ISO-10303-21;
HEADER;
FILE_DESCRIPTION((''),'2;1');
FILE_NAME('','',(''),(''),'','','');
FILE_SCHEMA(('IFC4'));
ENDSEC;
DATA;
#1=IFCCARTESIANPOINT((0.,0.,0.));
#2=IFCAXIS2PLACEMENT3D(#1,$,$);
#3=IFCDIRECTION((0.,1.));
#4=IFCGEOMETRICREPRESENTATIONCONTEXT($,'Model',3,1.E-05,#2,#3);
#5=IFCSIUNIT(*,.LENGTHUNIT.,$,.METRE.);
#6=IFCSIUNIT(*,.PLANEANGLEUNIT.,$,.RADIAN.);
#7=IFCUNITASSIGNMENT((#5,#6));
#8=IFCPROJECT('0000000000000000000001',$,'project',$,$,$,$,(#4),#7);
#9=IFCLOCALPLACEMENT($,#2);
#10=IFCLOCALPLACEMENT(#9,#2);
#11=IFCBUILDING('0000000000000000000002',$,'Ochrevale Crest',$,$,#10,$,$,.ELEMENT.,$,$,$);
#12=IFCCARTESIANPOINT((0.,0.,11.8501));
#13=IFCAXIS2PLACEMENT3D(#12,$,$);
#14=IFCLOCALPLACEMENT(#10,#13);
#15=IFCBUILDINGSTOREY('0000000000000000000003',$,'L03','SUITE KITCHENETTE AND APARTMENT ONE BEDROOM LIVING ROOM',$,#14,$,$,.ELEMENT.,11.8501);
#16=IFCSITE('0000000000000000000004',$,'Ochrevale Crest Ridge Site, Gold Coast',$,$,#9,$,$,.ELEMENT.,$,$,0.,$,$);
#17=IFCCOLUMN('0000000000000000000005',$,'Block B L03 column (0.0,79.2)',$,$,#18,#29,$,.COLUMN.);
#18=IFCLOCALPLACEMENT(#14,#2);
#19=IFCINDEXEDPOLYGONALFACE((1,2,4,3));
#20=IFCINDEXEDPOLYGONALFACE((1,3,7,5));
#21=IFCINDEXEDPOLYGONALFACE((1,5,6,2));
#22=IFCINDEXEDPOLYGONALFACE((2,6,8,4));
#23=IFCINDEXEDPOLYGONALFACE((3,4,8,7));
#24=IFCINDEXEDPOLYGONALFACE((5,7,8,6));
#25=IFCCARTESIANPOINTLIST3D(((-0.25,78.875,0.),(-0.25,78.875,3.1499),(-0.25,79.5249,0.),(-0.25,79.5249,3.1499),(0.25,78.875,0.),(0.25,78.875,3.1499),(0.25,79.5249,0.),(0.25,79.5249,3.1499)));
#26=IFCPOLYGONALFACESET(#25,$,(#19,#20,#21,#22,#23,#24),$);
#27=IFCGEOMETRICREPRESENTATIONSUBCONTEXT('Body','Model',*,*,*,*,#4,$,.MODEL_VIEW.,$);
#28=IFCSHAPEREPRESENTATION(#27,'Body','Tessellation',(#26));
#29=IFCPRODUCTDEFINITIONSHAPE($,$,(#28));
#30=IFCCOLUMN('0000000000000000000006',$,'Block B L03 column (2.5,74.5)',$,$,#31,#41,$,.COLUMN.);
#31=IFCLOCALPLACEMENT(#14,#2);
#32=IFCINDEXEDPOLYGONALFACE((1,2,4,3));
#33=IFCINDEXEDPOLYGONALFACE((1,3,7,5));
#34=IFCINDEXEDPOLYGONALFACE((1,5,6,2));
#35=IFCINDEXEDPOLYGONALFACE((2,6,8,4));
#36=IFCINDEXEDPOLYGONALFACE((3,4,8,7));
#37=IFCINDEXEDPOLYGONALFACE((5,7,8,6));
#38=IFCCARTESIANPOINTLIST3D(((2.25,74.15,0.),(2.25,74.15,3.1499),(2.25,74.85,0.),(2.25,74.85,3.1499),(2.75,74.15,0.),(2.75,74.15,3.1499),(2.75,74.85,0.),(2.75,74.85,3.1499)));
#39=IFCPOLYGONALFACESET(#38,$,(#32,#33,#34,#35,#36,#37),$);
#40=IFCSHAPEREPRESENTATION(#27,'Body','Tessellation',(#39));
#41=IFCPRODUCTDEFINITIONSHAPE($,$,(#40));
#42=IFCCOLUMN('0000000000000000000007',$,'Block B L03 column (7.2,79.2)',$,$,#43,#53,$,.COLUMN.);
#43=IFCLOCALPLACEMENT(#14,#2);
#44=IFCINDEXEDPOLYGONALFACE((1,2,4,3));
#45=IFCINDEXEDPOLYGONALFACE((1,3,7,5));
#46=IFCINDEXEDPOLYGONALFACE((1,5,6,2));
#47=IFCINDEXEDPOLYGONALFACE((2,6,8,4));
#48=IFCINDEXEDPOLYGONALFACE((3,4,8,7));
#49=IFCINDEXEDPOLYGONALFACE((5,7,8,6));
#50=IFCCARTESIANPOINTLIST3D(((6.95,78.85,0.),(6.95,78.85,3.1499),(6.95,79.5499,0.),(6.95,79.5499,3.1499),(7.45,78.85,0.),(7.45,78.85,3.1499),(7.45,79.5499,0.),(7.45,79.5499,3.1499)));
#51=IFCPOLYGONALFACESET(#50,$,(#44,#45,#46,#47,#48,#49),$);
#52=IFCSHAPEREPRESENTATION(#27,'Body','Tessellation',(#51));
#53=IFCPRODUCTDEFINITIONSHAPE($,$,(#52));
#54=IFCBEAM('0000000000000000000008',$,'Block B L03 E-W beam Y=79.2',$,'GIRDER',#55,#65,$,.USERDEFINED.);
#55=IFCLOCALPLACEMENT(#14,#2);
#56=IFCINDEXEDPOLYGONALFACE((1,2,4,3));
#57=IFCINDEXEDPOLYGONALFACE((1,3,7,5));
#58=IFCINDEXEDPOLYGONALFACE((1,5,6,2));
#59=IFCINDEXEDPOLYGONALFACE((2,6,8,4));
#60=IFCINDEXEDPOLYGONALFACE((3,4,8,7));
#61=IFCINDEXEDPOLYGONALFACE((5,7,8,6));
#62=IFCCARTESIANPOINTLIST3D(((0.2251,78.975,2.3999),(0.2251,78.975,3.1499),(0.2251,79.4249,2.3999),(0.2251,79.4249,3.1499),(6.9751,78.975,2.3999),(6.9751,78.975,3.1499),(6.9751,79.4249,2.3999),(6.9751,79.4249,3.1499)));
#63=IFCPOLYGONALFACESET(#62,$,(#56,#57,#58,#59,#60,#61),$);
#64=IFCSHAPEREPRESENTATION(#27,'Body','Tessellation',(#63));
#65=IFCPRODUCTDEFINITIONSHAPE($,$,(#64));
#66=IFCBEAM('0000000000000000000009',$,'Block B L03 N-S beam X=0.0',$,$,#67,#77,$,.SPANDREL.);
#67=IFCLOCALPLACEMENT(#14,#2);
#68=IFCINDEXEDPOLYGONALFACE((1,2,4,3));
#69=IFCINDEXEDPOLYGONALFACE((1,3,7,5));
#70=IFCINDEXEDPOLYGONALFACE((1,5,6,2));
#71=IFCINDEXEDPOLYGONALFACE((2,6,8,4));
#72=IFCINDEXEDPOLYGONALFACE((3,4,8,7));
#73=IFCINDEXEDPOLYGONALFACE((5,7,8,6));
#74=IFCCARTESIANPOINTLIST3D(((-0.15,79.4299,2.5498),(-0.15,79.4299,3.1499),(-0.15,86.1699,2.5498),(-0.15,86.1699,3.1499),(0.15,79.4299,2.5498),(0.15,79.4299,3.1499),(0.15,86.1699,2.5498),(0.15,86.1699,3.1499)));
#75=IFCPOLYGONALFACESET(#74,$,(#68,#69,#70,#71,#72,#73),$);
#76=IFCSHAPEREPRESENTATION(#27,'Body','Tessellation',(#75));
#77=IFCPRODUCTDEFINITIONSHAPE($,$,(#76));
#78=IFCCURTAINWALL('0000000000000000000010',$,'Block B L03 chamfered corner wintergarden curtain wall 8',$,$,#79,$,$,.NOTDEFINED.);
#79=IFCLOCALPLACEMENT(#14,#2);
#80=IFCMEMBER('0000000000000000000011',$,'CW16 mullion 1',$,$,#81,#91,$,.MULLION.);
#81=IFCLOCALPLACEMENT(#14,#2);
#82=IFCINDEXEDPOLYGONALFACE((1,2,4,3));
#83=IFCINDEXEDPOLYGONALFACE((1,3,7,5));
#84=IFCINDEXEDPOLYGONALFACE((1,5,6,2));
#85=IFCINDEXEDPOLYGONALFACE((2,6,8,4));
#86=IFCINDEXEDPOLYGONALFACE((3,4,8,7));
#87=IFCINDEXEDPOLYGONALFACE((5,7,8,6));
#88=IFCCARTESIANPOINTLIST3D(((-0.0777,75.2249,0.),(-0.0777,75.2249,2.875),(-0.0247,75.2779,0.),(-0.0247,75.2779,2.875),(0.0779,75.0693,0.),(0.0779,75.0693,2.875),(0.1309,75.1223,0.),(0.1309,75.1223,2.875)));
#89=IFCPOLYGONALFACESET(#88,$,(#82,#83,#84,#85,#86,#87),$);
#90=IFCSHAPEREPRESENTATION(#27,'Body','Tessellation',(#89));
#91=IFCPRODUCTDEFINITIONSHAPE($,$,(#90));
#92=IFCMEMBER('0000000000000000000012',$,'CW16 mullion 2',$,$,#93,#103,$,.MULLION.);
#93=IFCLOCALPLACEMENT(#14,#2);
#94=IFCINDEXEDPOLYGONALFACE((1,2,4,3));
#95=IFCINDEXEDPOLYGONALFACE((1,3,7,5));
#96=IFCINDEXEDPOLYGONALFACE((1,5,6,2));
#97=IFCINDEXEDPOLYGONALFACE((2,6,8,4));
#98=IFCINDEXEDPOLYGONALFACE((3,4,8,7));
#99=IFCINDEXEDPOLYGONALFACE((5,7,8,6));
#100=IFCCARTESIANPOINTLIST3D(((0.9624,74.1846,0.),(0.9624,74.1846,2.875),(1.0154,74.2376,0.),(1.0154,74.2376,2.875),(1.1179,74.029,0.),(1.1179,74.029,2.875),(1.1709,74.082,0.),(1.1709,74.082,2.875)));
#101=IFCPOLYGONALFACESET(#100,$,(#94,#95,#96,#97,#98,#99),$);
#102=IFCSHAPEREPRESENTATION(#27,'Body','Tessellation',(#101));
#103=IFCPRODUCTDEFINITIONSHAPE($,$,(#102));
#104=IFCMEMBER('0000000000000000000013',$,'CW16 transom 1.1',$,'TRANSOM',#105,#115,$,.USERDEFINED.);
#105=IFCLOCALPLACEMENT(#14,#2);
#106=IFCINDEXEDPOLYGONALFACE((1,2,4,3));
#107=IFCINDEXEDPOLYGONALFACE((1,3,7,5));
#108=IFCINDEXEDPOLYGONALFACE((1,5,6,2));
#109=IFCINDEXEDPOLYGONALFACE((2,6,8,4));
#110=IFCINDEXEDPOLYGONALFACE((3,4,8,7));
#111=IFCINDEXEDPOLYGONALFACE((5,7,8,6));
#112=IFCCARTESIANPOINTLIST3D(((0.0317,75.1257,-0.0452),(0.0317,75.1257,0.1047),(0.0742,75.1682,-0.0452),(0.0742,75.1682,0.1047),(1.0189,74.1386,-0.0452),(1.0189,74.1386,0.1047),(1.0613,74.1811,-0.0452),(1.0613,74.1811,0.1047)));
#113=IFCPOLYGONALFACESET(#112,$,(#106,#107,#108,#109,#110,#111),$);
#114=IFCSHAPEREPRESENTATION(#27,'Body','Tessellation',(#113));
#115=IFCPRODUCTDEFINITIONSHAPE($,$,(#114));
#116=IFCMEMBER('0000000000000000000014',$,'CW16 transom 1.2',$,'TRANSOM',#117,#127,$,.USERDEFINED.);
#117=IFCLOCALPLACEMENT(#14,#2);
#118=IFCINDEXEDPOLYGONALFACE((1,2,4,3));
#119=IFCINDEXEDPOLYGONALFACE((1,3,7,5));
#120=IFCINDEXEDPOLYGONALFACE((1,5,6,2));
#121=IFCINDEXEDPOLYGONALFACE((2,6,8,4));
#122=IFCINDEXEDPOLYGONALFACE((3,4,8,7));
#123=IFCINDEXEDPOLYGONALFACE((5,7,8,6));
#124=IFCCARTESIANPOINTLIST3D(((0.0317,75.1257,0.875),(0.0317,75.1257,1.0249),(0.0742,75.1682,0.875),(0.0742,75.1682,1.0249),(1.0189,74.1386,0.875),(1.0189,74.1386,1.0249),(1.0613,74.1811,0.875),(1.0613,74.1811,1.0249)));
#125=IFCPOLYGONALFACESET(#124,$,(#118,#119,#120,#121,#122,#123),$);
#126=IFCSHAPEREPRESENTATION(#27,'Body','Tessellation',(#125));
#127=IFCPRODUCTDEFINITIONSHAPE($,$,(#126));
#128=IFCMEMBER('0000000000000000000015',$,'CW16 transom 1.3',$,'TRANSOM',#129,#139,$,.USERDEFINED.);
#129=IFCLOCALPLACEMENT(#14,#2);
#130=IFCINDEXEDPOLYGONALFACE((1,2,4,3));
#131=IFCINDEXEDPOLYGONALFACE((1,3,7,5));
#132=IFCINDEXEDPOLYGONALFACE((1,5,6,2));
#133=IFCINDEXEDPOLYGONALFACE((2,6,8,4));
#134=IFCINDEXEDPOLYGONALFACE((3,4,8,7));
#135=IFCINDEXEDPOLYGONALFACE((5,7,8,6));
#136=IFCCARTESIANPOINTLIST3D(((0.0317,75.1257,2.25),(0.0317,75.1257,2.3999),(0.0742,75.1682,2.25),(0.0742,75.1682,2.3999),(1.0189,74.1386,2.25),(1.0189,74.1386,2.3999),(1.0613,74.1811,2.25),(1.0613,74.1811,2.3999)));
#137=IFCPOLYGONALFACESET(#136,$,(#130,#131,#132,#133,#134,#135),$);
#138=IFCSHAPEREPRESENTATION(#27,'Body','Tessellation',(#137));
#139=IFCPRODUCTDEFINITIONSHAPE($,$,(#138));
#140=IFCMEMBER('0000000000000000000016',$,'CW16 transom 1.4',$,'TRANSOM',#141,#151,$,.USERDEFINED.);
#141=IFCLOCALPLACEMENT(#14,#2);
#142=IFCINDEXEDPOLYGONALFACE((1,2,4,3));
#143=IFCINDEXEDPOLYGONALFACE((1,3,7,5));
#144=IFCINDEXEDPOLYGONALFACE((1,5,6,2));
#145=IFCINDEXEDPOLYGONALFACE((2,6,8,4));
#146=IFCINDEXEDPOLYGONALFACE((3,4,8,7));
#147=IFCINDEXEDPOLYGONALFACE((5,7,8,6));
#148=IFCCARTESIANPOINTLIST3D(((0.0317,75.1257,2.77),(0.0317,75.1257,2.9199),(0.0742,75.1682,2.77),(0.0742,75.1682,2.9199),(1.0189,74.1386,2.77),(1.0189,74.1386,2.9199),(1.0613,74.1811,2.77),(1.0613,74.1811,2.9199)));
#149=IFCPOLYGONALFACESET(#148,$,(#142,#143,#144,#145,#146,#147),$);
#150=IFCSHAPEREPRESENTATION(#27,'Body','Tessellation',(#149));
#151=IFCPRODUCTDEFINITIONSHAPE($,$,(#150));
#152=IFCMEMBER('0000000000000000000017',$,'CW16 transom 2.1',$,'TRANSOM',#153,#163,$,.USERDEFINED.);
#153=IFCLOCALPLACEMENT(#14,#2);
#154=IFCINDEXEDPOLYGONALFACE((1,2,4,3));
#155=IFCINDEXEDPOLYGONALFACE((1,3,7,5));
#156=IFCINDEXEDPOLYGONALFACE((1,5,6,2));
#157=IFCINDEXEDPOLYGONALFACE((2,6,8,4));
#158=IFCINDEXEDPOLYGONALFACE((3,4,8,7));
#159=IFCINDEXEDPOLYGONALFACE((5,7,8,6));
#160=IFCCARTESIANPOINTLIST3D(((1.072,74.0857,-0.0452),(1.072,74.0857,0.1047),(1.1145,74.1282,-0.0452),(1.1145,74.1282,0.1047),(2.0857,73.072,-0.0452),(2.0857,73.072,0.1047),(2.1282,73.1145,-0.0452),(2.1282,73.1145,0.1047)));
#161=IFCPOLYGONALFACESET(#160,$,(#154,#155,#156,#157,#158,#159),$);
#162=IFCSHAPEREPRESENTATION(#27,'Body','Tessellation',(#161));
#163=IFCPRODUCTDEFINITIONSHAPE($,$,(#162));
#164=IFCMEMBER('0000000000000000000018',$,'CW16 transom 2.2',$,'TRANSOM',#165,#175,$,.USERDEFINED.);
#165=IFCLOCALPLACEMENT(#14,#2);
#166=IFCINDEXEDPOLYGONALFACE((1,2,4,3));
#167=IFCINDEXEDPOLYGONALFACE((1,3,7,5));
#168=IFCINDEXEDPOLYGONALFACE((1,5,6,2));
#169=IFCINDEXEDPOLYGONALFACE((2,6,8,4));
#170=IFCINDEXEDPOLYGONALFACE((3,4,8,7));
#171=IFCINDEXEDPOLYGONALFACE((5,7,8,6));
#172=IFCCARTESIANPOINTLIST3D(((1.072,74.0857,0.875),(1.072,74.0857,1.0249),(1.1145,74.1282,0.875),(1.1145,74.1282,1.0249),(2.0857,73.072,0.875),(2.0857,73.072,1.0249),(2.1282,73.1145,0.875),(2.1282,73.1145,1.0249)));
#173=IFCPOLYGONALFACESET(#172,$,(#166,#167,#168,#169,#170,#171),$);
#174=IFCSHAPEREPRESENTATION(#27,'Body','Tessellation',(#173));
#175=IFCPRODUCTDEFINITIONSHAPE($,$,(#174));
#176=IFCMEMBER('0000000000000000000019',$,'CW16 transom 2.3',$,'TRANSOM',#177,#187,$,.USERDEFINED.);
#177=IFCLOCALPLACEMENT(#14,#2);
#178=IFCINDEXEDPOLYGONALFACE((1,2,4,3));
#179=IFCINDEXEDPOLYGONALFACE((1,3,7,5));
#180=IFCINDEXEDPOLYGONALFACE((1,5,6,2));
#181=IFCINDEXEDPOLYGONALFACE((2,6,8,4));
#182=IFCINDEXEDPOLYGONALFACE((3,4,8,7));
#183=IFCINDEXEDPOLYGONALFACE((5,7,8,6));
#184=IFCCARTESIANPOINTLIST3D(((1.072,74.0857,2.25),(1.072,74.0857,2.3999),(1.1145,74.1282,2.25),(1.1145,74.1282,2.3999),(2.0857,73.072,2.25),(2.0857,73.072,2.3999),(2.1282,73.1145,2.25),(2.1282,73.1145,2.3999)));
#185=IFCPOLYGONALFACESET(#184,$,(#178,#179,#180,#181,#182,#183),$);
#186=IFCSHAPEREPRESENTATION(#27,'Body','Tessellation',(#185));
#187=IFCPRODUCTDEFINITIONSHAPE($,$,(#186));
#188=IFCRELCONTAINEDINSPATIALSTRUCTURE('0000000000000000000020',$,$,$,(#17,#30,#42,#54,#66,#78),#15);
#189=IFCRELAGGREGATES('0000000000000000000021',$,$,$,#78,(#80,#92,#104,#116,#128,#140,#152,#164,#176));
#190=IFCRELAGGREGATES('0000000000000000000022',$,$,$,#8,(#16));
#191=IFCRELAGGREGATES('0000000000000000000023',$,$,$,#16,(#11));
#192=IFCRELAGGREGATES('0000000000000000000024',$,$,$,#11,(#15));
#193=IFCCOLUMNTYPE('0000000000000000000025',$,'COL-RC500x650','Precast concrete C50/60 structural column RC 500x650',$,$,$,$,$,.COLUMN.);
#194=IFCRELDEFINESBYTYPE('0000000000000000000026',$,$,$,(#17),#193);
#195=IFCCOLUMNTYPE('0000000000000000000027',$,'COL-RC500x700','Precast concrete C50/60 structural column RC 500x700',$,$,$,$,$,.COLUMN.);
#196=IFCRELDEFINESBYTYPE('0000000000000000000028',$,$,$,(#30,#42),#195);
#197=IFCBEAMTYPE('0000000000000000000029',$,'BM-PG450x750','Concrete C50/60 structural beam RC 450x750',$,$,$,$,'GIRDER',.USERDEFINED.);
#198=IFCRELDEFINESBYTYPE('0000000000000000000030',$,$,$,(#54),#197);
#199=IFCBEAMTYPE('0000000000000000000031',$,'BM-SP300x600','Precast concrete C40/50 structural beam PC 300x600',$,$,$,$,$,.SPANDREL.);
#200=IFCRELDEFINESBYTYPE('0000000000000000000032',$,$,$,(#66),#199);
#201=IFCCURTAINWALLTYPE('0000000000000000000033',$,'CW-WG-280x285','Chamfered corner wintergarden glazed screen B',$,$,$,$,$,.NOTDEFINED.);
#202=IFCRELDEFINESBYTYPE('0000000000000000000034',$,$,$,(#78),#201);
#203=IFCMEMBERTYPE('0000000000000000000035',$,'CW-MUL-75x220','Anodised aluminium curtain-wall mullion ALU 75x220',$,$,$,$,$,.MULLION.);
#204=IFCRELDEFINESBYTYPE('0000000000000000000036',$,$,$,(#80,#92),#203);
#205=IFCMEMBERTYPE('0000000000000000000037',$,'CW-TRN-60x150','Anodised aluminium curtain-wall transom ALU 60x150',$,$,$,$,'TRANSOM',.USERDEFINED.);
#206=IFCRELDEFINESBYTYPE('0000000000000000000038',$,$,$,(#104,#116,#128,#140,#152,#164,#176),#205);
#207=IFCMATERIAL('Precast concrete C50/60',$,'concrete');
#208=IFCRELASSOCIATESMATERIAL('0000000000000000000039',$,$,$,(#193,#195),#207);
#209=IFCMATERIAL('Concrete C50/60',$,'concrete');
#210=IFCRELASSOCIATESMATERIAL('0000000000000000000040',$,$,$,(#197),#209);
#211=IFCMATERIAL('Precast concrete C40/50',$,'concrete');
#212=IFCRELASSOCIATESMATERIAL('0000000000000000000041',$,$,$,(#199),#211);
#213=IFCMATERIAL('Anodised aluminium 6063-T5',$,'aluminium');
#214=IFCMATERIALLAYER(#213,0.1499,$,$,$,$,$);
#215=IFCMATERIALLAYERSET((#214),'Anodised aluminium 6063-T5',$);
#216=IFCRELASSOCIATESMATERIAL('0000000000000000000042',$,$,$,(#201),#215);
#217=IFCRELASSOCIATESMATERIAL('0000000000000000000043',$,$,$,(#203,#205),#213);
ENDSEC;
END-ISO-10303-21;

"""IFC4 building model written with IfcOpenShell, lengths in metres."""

from ifc_helpers import new_model, si_unit, direction, frame, origin, origin_2d, place, context, subcontext, project, spatial, rectangle, extrude, material, layer, layer_set, material_profile, profile_set, type_object, element, aggregate, save


model = new_model("IFC4")

# Units and contexts
model_context = context("Model", 3, precision=1e-05, world=origin(), true_north=direction((0.0, 1.0)))
body_context = subcontext(model_context, "Body", "Model", "MODEL_VIEW")
ifc_project = project(units=[si_unit("LENGTHUNIT", "METRE"), si_unit("PLANEANGLEUNIT", "RADIAN")], contexts=[model_context])

# Site, building, storey
site_placement = place(None, origin())
site = spatial("IfcSite", under=ifc_project, at=site_placement, Name="Ochrevale Crest Ridge Site, Gold Coast", CompositionType="ELEMENT", RefElevation=0.0)
building_placement = place(site_placement, origin())
building = spatial("IfcBuilding", under=site, at=building_placement, Name="Ochrevale Crest", CompositionType="ELEMENT")
storey_placement = place(building_placement, frame((0.0, 0.0, 11.8501)))
storey = spatial("IfcBuildingStorey", under=building, at=storey_placement, Name="L03", Description="SUITE KITCHENETTE AND APARTMENT ONE BEDROOM LIVING ROOM", CompositionType="ELEMENT", Elevation=11.8501)

# Columns
ifc_material_1 = material(Name="Precast concrete C50/60", Category="concrete")
ifc_material_profile_1 = material_profile(ifc_material_1, rectangle(XDim=0.5, YDim=0.6499, at=origin_2d()), Name="RC 500x650")
ifc_profile_set_1 = profile_set([ifc_material_profile_1], Name="Precast concrete C50/60")
column_type_1 = type_object("IfcColumnType", Name="COL-RC500x650", Description="Precast concrete C50/60 structural column RC 500x650", PredefinedType="COLUMN", material=ifc_profile_set_1)
column_placement = place(storey_placement, frame((0.0, 79.2, 0.0), z_axis=(0.0, 0.0, 1.0), x_axis=(1.0, 0.0, 0.0)))
element("IfcColumn", 1, at=column_placement, inside=storey, type_object=column_type_1, Name="Block B L03 column (0.0,79.2)", PredefinedType="COLUMN", context=body_context, shape_type="SweptSolid", body=[
    extrude(rectangle(XDim=0.5, YDim=0.6499, at=origin_2d()), origin(), (0.0, 0.0, 1.0), 3.1499),
])
ifc_material_profile_2 = material_profile(ifc_material_1, rectangle(XDim=0.5, YDim=0.7, at=origin_2d()), Name="RC 500x700")
ifc_profile_set_2 = profile_set([ifc_material_profile_2], Name="Precast concrete C50/60")
column_type_2 = type_object("IfcColumnType", Name="COL-RC500x700", Description="Precast concrete C50/60 structural column RC 500x700", PredefinedType="COLUMN", material=ifc_profile_set_2)
for number, where, z_axis, x_axis, name in (
    (2, (2.5, 74.5, 0.0), (0.0, 0.0, 1.0), (1.0, 0.0, 0.0), "Block B L03 column (2.5,74.5)"),
    (3, (7.2, 79.2, 0.0), (0.0, 0.0, 1.0), (1.0, 0.0, 0.0), "Block B L03 column (7.2,79.2)"),
):
    element("IfcColumn", number, at=place(storey_placement, frame(where, z_axis=z_axis, x_axis=x_axis)), inside=storey, type_object=column_type_2, Name=name, PredefinedType="COLUMN", context=body_context, shape_type="SweptSolid", body=[
        extrude(rectangle(XDim=0.5, YDim=0.7, at=origin_2d()), origin(), (0.0, 0.0, 1.0), 3.1499),
    ])

# Beams
ifc_material_2 = material(Name="Concrete C50/60", Category="concrete")
ifc_material_profile_3 = material_profile(ifc_material_2, rectangle(XDim=0.45, YDim=0.75, at=origin_2d()), Name="RC 450x750")
ifc_profile_set_3 = profile_set([ifc_material_profile_3], Name="Concrete C50/60")
beam_type_1 = type_object("IfcBeamType", Name="BM-PG450x750", Description="Concrete C50/60 structural beam RC 450x750", ElementType="GIRDER", PredefinedType="USERDEFINED", material=ifc_profile_set_3)
beam_1_placement = place(storey_placement, frame((0.2251, 79.2, 2.7749), z_axis=(1.0, 0.0, 0.0), x_axis=(0.0, 1.0, 0.0)))
element("IfcBeam", 4, at=beam_1_placement, inside=storey, type_object=beam_type_1, Name="Block B L03 E-W beam Y=79.2", ObjectType="GIRDER", PredefinedType="USERDEFINED", context=body_context, shape_type="SweptSolid", body=[
    extrude(rectangle(XDim=0.45, YDim=0.75, at=origin_2d()), origin(), (0.0, 0.0, 1.0), 6.75),
])
ifc_material_3 = material(Name="Precast concrete C40/50", Category="concrete")
ifc_material_profile_4 = material_profile(ifc_material_3, rectangle(XDim=0.3, YDim=0.6001, at=origin_2d()), Name="PC 300x600")
ifc_profile_set_4 = profile_set([ifc_material_profile_4], Name="Precast concrete C40/50")
beam_type_2 = type_object("IfcBeamType", Name="BM-SP300x600", Description="Precast concrete C40/50 structural beam PC 300x600", PredefinedType="SPANDREL", material=ifc_profile_set_4)
beam_2_placement = place(storey_placement, frame((0.0, 79.4299, 2.8499), z_axis=(0.0, 1.0, 0.0), x_axis=(-1.0, 0.0, 0.0)))
element("IfcBeam", 5, at=beam_2_placement, inside=storey, type_object=beam_type_2, Name="Block B L03 N-S beam X=0.0", PredefinedType="SPANDREL", context=body_context, shape_type="SweptSolid", body=[
    extrude(rectangle(XDim=0.3, YDim=0.6001, at=origin_2d()), origin(), (0.0, 0.0, 1.0), 6.74),
])

# Curtain wall, members
ifc_material_4 = material(Name="Anodised aluminium 6063-T5", Category="aluminium")
ifc_layer_1 = layer(ifc_material_4, 0.1499)
ifc_layer_set_1 = layer_set([ifc_layer_1], Name="Anodised aluminium 6063-T5")
curtain_wall_type = type_object("IfcCurtainWallType", Name="CW-WG-280x285", Description="Chamfered corner wintergarden glazed screen B", PredefinedType="NOTDEFINED", material=ifc_layer_set_1)
curtain_wall_placement = place(storey_placement, origin())
curtain_wall = element("IfcCurtainWall", 6, at=curtain_wall_placement, inside=storey, type_object=curtain_wall_type, Name="Block B L03 chamfered corner wintergarden curtain wall 8", PredefinedType="NOTDEFINED")
ifc_material_profile_5 = material_profile(ifc_material_4, rectangle(XDim=0.075, YDim=0.22, at=origin_2d()), Name="ALU 75x220")
ifc_profile_set_5 = profile_set([ifc_material_profile_5], Name="Anodised aluminium 6063-T5")
member_type_1 = type_object("IfcMemberType", Name="CW-MUL-75x220", Description="Anodised aluminium curtain-wall mullion ALU 75x220", PredefinedType="MULLION", material=ifc_profile_set_5)
member_1_placement = place(storey_placement, frame((0.0266, 75.1736, 0.0), z_axis=(0.0, 0.0, 1.0), x_axis=(0.707107, 0.707107, 0.0)))
member_1 = element("IfcMember", 7, at=member_1_placement, type_object=member_type_1, Name="CW16 mullion 1", PredefinedType="MULLION", context=body_context, shape_type="SweptSolid", body=[
    extrude(rectangle(XDim=0.075, YDim=0.22, at=origin_2d()), origin(), (0.0, 0.0, 1.0), 2.875),
])
member_2_placement = place(storey_placement, frame((1.0667, 74.1333, 0.0), z_axis=(0.0, 0.0, 1.0), x_axis=(0.707107, 0.707107, 0.0)))
member_2 = element("IfcMember", 8, at=member_2_placement, type_object=member_type_1, Name="CW16 mullion 2", PredefinedType="MULLION", context=body_context, shape_type="SweptSolid", body=[
    extrude(rectangle(XDim=0.075, YDim=0.22, at=origin_2d()), origin(), (0.0, 0.0, 1.0), 2.875),
])
ifc_material_profile_6 = material_profile(ifc_material_4, rectangle(XDim=0.0601, YDim=0.1499, at=origin_2d()), Name="ALU 60x150")
ifc_profile_set_6 = profile_set([ifc_material_profile_6], Name="Anodised aluminium 6063-T5")
member_type_2 = type_object("IfcMemberType", Name="CW-TRN-60x150", Description="Anodised aluminium curtain-wall transom ALU 60x150", ElementType="TRANSOM", PredefinedType="USERDEFINED", material=ifc_profile_set_6)
member_3_placement = place(storey_placement, frame((0.053, 75.147, 0.0298), z_axis=(0.707107, -0.707107, 0.0), x_axis=(0.707107, 0.707107, 0.0)))
member_3 = element("IfcMember", 9, at=member_3_placement, type_object=member_type_2, Name="CW16 transom 1.1", ObjectType="TRANSOM", PredefinedType="USERDEFINED", context=body_context, shape_type="SweptSolid", body=[
    extrude(rectangle(XDim=0.0601, YDim=0.1499, at=origin_2d()), origin(), (0.0, 0.0, 1.0), 1.396),
])
member_4_placement = place(storey_placement, frame((0.053, 75.147, 0.95), z_axis=(0.707107, -0.707107, 0.0), x_axis=(0.707107, 0.707107, 0.0)))
member_4 = element("IfcMember", 10, at=member_4_placement, type_object=member_type_2, Name="CW16 transom 1.2", ObjectType="TRANSOM", PredefinedType="USERDEFINED", context=body_context, shape_type="SweptSolid", body=[
    extrude(rectangle(XDim=0.0601, YDim=0.1499, at=origin_2d()), origin(), (0.0, 0.0, 1.0), 1.396),
])
member_5_placement = place(storey_placement, frame((0.053, 75.147, 2.325), z_axis=(0.707107, -0.707107, 0.0), x_axis=(0.707107, 0.707107, 0.0)))
member_5 = element("IfcMember", 11, at=member_5_placement, type_object=member_type_2, Name="CW16 transom 1.3", ObjectType="TRANSOM", PredefinedType="USERDEFINED", context=body_context, shape_type="SweptSolid", body=[
    extrude(rectangle(XDim=0.0601, YDim=0.1499, at=origin_2d()), origin(), (0.0, 0.0, 1.0), 1.396),
])
member_6_placement = place(storey_placement, frame((0.053, 75.147, 2.845), z_axis=(0.707107, -0.707107, 0.0), x_axis=(0.707107, 0.707107, 0.0)))
member_6 = element("IfcMember", 12, at=member_6_placement, type_object=member_type_2, Name="CW16 transom 1.4", ObjectType="TRANSOM", PredefinedType="USERDEFINED", context=body_context, shape_type="SweptSolid", body=[
    extrude(rectangle(XDim=0.0601, YDim=0.1499, at=origin_2d()), origin(), (0.0, 0.0, 1.0), 1.396),
])
member_7_placement = place(storey_placement, frame((1.0933, 74.1069, 0.0298), z_axis=(0.707107, -0.707107, 0.0), x_axis=(0.707107, 0.707107, 0.0)))
member_7 = element("IfcMember", 13, at=member_7_placement, type_object=member_type_2, Name="CW16 transom 2.1", ObjectType="TRANSOM", PredefinedType="USERDEFINED", context=body_context, shape_type="SweptSolid", body=[
    extrude(rectangle(XDim=0.0601, YDim=0.1499, at=origin_2d()), origin(), (0.0, 0.0, 1.0), 1.4336),
])
member_8_placement = place(storey_placement, frame((1.0933, 74.1069, 0.95), z_axis=(0.707107, -0.707107, 0.0), x_axis=(0.707107, 0.707107, 0.0)))
member_8 = element("IfcMember", 14, at=member_8_placement, type_object=member_type_2, Name="CW16 transom 2.2", ObjectType="TRANSOM", PredefinedType="USERDEFINED", context=body_context, shape_type="SweptSolid", body=[
    extrude(rectangle(XDim=0.0601, YDim=0.1499, at=origin_2d()), origin(), (0.0, 0.0, 1.0), 1.4336),
])
member_9_placement = place(storey_placement, frame((1.0933, 74.1069, 2.325), z_axis=(0.707107, -0.707107, 0.0), x_axis=(0.707107, 0.707107, 0.0)))
member_9 = element("IfcMember", 15, at=member_9_placement, type_object=member_type_2, Name="CW16 transom 2.3", ObjectType="TRANSOM", PredefinedType="USERDEFINED", context=body_context, shape_type="SweptSolid", body=[
    extrude(rectangle(XDim=0.0601, YDim=0.1499, at=origin_2d()), origin(), (0.0, 0.0, 1.0), 1.4336),
])
aggregate(curtain_wall, [member_1, member_2, member_3, member_4, member_5, member_6, member_7, member_8, member_9])

save(model, "model.ifc")
